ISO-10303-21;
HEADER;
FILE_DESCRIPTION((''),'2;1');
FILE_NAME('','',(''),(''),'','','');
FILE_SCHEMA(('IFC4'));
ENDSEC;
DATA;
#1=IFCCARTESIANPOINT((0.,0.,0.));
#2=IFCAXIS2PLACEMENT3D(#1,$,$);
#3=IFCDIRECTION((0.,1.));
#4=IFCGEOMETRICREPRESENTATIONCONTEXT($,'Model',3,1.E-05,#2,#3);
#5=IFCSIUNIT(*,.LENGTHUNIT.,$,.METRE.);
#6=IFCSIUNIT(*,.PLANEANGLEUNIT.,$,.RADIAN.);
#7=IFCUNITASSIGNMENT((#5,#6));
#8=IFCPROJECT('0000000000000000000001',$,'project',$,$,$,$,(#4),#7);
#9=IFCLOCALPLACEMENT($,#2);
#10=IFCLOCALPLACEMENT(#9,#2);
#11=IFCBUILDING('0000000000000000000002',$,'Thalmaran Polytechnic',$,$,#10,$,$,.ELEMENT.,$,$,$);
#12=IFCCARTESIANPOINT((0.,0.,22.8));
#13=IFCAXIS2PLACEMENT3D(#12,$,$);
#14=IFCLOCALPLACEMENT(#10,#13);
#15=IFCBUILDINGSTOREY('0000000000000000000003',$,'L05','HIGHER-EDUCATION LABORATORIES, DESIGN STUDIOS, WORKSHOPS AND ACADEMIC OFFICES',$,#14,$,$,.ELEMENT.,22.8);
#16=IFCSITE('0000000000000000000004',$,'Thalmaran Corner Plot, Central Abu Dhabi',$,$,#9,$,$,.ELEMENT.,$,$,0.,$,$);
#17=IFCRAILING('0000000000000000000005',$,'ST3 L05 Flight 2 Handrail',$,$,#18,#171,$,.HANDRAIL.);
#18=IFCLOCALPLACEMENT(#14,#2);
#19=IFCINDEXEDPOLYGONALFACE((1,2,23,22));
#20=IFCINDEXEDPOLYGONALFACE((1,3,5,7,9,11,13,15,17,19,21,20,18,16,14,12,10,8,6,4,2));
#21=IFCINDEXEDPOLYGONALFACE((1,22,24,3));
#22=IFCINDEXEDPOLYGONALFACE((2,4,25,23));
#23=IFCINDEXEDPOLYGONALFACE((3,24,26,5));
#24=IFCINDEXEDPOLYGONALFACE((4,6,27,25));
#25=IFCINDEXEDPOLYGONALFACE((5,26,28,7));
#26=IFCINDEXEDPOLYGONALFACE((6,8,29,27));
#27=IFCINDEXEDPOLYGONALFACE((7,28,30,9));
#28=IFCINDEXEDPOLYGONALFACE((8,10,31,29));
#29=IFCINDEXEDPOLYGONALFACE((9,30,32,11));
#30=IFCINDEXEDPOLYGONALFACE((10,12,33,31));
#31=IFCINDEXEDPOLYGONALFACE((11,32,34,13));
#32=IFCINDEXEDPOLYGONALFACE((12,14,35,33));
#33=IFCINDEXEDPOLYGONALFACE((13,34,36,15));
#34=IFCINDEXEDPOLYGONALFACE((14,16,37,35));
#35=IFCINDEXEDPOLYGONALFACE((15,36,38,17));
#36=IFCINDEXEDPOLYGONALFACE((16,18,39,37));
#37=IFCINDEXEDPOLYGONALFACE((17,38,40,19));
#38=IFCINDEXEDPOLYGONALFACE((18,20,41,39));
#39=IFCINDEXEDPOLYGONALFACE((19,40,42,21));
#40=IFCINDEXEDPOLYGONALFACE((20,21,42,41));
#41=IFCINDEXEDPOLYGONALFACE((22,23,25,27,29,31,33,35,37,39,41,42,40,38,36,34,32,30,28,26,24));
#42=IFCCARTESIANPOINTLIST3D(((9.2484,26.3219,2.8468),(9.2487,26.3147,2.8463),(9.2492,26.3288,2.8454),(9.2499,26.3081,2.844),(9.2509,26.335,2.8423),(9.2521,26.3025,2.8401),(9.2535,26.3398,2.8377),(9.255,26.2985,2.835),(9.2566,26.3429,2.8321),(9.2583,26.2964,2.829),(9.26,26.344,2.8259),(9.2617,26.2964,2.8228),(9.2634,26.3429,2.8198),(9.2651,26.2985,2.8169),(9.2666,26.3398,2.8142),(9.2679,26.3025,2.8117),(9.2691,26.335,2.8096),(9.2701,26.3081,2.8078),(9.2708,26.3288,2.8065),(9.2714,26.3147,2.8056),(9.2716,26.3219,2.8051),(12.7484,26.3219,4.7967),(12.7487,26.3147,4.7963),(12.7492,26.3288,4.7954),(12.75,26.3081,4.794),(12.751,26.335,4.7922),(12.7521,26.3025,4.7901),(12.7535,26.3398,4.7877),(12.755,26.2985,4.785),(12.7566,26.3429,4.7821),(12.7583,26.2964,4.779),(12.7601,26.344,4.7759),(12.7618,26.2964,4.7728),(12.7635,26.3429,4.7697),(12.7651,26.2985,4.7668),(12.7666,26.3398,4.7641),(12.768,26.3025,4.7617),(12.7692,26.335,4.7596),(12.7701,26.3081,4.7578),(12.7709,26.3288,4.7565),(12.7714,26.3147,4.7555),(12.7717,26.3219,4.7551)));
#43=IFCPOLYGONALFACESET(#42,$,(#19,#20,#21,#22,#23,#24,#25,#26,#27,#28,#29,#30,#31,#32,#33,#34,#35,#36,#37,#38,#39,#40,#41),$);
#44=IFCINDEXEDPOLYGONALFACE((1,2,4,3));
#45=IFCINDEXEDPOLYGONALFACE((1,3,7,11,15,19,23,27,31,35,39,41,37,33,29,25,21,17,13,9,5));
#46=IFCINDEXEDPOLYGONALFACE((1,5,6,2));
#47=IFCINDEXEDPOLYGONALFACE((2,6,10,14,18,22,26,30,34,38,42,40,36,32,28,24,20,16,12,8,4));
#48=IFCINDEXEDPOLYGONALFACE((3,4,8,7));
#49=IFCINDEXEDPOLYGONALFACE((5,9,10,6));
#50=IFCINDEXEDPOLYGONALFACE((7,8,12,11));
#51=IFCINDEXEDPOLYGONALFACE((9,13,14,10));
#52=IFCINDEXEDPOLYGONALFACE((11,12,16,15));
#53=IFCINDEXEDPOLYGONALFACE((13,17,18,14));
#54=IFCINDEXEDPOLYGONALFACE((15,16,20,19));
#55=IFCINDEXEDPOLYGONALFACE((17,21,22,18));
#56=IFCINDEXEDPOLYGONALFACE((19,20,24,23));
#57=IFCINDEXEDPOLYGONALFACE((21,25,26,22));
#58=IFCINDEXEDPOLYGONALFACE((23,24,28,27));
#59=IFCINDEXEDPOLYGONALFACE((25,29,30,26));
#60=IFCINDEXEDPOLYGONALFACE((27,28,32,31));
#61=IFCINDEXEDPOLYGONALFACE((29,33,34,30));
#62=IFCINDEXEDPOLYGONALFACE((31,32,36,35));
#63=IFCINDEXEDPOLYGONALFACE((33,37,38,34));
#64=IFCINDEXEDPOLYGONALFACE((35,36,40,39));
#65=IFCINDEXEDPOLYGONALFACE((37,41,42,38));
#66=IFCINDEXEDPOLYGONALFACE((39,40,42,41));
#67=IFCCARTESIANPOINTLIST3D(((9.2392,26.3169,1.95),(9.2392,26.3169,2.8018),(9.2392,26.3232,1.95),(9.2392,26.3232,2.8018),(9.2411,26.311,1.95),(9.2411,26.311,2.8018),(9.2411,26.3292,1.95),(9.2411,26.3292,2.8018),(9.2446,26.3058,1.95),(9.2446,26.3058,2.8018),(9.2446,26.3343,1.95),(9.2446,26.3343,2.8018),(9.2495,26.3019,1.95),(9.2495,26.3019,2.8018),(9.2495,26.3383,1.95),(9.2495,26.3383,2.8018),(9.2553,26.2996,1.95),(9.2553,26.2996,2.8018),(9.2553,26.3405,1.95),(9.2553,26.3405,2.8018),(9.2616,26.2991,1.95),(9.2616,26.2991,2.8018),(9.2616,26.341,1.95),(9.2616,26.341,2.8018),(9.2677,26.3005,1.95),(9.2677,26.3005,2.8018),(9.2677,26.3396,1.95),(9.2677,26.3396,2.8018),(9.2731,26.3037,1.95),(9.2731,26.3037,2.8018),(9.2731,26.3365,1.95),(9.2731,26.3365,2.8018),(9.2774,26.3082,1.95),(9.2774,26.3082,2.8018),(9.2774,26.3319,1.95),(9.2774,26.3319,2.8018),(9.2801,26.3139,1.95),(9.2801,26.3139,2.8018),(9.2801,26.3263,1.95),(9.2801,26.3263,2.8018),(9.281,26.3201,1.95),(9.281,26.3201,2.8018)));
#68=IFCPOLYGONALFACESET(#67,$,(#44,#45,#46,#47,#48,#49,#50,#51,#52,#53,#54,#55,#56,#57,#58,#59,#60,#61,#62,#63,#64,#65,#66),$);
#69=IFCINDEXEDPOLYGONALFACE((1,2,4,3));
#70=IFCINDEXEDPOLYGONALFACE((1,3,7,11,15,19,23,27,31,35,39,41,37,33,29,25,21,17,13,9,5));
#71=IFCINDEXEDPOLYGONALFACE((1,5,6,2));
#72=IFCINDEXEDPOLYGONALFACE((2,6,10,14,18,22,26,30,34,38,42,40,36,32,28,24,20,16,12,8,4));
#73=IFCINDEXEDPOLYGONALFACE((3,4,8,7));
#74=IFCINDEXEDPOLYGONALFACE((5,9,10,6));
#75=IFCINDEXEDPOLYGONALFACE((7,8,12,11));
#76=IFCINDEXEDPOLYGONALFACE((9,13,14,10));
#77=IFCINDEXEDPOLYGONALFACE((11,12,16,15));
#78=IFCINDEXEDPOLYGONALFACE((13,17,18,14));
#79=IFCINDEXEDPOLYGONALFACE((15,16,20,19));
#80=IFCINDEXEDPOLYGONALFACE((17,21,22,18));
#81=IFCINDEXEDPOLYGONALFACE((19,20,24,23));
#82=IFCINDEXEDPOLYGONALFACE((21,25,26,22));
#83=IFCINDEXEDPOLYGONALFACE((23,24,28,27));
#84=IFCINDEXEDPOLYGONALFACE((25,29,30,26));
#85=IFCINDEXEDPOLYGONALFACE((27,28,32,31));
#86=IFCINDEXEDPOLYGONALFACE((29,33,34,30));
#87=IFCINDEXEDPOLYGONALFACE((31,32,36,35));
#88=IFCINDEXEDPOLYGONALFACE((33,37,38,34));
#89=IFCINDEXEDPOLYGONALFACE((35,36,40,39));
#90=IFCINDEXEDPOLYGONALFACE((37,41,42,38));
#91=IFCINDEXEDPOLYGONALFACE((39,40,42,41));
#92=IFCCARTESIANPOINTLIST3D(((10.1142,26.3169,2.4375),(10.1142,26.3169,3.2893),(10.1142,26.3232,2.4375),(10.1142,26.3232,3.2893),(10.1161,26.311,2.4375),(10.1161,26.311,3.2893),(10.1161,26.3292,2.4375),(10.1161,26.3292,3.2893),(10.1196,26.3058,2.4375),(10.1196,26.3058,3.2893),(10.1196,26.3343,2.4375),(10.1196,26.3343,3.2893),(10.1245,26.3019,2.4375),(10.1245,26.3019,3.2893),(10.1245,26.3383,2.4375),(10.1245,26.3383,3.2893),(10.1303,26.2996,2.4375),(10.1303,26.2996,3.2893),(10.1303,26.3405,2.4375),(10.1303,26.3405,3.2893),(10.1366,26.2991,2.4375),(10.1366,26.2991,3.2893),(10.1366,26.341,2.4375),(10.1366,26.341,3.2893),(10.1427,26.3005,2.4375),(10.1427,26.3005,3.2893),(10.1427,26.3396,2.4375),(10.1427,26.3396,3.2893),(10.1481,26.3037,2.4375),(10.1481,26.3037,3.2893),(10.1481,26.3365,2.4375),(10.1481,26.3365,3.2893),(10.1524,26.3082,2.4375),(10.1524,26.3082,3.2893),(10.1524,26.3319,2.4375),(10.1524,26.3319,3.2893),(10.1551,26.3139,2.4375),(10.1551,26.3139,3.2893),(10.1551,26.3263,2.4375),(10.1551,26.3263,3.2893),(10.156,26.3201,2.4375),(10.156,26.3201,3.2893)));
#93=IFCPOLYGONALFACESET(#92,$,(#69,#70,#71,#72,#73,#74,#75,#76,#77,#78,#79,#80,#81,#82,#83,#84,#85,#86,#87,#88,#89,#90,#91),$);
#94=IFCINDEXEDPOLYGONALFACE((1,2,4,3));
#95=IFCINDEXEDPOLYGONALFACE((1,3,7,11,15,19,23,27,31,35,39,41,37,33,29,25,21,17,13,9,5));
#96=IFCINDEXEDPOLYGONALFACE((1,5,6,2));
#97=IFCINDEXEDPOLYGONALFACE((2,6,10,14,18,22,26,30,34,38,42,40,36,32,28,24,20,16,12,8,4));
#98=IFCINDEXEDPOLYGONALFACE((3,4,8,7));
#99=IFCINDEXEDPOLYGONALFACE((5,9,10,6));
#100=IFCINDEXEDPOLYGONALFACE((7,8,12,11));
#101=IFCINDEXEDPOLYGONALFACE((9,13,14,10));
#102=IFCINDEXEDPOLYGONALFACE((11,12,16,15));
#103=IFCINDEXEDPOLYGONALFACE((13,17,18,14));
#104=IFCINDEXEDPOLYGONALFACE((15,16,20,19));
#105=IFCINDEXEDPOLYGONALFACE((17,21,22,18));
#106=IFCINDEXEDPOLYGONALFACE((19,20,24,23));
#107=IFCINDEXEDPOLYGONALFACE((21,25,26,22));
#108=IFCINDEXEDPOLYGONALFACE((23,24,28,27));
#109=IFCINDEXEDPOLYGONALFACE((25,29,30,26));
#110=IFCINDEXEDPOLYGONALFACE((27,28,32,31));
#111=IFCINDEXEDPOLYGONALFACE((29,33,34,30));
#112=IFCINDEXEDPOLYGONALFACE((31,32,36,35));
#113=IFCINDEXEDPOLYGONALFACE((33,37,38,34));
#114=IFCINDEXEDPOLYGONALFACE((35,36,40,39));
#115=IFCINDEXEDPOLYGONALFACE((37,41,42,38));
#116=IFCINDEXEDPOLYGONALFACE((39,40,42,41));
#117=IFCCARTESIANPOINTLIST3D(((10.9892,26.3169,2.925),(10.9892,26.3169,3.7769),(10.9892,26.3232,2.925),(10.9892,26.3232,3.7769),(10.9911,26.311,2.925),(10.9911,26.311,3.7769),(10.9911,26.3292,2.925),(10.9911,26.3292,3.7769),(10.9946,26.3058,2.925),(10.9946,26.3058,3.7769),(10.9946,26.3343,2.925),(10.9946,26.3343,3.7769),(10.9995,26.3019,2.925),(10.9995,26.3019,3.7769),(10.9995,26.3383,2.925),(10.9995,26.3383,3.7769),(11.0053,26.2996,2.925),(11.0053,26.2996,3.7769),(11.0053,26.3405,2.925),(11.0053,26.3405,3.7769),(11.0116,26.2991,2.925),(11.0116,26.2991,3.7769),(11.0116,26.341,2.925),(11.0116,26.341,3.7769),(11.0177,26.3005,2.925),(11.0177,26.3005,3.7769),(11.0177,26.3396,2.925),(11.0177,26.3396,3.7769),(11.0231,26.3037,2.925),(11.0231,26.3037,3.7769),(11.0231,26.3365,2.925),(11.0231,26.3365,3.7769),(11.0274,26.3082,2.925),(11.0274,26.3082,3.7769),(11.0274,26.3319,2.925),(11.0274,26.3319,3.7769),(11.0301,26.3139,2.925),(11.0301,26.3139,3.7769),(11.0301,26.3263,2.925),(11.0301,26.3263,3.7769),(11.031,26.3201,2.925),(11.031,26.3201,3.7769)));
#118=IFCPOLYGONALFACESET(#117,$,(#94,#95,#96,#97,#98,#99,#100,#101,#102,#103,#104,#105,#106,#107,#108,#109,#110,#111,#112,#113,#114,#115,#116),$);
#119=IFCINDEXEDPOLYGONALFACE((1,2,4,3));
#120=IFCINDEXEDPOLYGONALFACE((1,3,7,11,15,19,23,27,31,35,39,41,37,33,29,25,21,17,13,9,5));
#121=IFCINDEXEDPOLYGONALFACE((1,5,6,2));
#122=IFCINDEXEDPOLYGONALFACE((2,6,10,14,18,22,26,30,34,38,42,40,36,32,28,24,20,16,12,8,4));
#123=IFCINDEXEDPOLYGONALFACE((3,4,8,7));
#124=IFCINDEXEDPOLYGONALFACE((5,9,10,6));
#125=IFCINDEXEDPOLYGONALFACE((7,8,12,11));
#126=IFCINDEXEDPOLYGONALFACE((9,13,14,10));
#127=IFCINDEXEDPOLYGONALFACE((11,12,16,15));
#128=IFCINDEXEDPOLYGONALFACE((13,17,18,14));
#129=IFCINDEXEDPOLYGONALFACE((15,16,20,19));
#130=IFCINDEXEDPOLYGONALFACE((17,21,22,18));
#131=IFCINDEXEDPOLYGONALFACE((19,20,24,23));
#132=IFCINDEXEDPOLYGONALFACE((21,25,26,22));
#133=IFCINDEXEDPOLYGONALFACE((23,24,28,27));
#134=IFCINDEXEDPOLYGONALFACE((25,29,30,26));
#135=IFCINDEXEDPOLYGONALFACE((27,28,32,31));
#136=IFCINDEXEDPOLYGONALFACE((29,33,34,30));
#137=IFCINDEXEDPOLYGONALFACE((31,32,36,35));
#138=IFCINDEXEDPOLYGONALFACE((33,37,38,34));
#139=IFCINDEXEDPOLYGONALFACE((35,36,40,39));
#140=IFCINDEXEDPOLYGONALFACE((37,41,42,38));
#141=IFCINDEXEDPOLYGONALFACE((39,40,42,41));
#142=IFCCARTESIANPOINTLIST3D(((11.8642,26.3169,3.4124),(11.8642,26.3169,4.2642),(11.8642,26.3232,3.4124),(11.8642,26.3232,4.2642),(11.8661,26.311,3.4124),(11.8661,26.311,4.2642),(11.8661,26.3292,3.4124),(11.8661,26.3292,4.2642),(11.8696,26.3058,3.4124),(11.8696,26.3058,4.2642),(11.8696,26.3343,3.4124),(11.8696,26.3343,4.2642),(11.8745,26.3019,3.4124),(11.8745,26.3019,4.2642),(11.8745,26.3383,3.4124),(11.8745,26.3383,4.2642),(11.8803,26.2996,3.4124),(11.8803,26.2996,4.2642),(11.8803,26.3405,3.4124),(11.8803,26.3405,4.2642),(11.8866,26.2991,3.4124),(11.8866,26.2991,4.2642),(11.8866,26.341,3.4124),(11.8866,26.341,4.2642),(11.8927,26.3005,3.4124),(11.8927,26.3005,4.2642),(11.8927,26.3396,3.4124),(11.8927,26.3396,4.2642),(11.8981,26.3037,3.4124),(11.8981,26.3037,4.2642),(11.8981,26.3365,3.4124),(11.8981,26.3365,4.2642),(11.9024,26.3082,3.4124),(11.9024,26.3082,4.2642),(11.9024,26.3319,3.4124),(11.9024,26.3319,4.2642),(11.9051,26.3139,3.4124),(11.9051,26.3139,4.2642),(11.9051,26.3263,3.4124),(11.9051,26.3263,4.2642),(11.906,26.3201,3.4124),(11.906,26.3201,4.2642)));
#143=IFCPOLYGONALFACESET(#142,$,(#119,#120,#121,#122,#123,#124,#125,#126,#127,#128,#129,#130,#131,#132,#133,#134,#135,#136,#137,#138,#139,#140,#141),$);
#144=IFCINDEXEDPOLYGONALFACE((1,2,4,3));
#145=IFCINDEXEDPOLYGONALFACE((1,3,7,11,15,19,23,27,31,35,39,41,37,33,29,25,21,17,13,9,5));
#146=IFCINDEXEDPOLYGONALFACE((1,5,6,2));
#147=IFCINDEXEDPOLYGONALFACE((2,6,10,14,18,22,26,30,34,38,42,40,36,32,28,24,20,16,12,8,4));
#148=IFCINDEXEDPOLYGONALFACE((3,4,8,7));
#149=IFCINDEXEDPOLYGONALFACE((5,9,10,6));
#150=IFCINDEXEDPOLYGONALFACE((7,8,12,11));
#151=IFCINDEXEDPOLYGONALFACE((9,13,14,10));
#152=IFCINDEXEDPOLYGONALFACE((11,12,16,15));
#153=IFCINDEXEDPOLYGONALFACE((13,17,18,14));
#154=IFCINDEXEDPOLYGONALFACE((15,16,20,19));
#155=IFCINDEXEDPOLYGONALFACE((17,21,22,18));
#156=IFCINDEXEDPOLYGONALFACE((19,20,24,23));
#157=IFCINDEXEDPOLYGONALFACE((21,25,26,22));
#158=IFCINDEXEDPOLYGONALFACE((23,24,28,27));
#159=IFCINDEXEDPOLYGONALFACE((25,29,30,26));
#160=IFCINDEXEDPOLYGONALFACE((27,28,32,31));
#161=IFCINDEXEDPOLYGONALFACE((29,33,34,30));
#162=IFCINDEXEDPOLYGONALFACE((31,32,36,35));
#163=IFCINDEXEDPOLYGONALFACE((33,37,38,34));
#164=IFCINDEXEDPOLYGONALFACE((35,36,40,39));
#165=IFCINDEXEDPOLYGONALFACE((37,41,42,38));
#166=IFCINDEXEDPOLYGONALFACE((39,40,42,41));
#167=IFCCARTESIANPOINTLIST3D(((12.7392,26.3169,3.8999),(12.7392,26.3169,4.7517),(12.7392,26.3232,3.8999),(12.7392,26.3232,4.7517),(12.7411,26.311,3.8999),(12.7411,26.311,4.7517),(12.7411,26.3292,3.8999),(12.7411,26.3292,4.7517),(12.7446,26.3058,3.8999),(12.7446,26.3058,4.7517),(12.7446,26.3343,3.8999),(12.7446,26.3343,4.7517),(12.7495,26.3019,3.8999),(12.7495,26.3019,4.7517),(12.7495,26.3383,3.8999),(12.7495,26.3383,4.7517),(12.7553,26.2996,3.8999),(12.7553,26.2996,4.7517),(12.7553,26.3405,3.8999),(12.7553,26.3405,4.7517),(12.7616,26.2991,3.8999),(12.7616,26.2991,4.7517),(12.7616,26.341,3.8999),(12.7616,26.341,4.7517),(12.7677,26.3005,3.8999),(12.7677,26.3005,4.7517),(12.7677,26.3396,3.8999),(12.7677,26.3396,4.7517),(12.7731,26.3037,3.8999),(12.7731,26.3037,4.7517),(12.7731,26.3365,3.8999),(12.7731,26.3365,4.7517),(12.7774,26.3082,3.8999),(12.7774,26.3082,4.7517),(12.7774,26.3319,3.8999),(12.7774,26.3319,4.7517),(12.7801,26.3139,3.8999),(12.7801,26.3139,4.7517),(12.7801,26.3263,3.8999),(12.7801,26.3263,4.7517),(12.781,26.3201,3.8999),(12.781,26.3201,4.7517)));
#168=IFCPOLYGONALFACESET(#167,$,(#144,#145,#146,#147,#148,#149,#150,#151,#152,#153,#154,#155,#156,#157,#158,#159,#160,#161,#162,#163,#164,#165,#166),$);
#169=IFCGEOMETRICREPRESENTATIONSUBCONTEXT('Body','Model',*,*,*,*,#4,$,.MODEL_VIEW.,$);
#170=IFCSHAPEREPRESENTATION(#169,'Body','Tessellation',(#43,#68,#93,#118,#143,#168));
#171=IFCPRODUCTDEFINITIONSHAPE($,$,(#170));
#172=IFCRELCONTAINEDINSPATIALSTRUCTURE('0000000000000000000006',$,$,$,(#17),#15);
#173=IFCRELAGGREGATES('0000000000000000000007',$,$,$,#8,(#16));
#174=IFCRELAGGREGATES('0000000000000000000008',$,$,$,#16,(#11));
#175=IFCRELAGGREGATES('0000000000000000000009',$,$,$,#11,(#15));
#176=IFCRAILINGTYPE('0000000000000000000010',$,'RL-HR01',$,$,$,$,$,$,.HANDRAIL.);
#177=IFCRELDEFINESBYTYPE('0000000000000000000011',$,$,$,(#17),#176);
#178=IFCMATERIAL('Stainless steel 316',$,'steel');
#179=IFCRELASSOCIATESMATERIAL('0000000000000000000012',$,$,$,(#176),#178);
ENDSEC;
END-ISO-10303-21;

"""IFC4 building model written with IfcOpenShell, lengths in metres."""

from ifc_helpers import new_model, si_unit, direction, frame, origin, origin_2d, place, context, subcontext, project, spatial, circle, extrude, material, type_object, element, save


model = new_model("IFC4")

# Units and contexts
model_context = context("Model", 3, precision=1e-05, world=origin(), true_north=direction((0.0, 1.0)))
body_context = subcontext(model_context, "Body", "Model", "MODEL_VIEW")
ifc_project = project(units=[si_unit("LENGTHUNIT", "METRE"), si_unit("PLANEANGLEUNIT", "RADIAN")], contexts=[model_context])

# Site, building, storey
site_placement = place(None, origin())
site = spatial("IfcSite", under=ifc_project, at=site_placement, Name="Thalmaran Corner Plot, Central Abu Dhabi", CompositionType="ELEMENT", RefElevation=0.0)
building_placement = place(site_placement, origin())
building = spatial("IfcBuilding", under=site, at=building_placement, Name="Thalmaran Polytechnic", CompositionType="ELEMENT")
storey_placement = place(building_placement, frame((0.0, 0.0, 22.8)))
storey = spatial("IfcBuildingStorey", under=building, at=storey_placement, Name="L05", Description="HIGHER-EDUCATION LABORATORIES, DESIGN STUDIOS, WORKSHOPS AND ACADEMIC OFFICES", CompositionType="ELEMENT", Elevation=22.8)

# Railing
ifc_material_1 = material(Name="Stainless steel 316", Category="steel")
railing_type_1 = type_object("IfcRailingType", Name="RL-HR01", PredefinedType="HANDRAIL", material=ifc_material_1)
railing_1_placement = place(storey_placement, frame((9.26, 26.3201, 1.95)))
element("IfcRailing", 1, at=railing_1_placement, inside=storey, type_object=railing_type_1, Name="ST3 L05 Flight 2 Handrail", PredefinedType="HANDRAIL", context=body_context, shape_type="SweptSolid", body=[
    extrude(circle(Radius=0.0239, at=origin_2d()), frame((0.0, 0.0, 0.876), z_axis=(0.873573, 0.0, 0.486693), x_axis=(0.0, 1.0, 0.0)), (0.0, 0.0, 1.0), 4.0066),
    extrude(circle(Radius=0.021, at=origin_2d()), origin(), (0.0, 0.0, 1.0), 0.8518),
    extrude(circle(Radius=0.021, at=origin_2d()), frame((0.875, 0.0, 0.4875)), (0.0, 0.0, 1.0), 0.8518),
    extrude(circle(Radius=0.021, at=origin_2d()), frame((1.75, 0.0, 0.9751)), (0.0, 0.0, 1.0), 0.8518),
    extrude(circle(Radius=0.021, at=origin_2d()), frame((2.625, 0.0, 1.4624)), (0.0, 0.0, 1.0), 0.8518),
    extrude(circle(Radius=0.021, at=origin_2d()), frame((3.5, 0.0, 1.95)), (0.0, 0.0, 1.0), 0.8518),
])

save(model, "model.ifc")
